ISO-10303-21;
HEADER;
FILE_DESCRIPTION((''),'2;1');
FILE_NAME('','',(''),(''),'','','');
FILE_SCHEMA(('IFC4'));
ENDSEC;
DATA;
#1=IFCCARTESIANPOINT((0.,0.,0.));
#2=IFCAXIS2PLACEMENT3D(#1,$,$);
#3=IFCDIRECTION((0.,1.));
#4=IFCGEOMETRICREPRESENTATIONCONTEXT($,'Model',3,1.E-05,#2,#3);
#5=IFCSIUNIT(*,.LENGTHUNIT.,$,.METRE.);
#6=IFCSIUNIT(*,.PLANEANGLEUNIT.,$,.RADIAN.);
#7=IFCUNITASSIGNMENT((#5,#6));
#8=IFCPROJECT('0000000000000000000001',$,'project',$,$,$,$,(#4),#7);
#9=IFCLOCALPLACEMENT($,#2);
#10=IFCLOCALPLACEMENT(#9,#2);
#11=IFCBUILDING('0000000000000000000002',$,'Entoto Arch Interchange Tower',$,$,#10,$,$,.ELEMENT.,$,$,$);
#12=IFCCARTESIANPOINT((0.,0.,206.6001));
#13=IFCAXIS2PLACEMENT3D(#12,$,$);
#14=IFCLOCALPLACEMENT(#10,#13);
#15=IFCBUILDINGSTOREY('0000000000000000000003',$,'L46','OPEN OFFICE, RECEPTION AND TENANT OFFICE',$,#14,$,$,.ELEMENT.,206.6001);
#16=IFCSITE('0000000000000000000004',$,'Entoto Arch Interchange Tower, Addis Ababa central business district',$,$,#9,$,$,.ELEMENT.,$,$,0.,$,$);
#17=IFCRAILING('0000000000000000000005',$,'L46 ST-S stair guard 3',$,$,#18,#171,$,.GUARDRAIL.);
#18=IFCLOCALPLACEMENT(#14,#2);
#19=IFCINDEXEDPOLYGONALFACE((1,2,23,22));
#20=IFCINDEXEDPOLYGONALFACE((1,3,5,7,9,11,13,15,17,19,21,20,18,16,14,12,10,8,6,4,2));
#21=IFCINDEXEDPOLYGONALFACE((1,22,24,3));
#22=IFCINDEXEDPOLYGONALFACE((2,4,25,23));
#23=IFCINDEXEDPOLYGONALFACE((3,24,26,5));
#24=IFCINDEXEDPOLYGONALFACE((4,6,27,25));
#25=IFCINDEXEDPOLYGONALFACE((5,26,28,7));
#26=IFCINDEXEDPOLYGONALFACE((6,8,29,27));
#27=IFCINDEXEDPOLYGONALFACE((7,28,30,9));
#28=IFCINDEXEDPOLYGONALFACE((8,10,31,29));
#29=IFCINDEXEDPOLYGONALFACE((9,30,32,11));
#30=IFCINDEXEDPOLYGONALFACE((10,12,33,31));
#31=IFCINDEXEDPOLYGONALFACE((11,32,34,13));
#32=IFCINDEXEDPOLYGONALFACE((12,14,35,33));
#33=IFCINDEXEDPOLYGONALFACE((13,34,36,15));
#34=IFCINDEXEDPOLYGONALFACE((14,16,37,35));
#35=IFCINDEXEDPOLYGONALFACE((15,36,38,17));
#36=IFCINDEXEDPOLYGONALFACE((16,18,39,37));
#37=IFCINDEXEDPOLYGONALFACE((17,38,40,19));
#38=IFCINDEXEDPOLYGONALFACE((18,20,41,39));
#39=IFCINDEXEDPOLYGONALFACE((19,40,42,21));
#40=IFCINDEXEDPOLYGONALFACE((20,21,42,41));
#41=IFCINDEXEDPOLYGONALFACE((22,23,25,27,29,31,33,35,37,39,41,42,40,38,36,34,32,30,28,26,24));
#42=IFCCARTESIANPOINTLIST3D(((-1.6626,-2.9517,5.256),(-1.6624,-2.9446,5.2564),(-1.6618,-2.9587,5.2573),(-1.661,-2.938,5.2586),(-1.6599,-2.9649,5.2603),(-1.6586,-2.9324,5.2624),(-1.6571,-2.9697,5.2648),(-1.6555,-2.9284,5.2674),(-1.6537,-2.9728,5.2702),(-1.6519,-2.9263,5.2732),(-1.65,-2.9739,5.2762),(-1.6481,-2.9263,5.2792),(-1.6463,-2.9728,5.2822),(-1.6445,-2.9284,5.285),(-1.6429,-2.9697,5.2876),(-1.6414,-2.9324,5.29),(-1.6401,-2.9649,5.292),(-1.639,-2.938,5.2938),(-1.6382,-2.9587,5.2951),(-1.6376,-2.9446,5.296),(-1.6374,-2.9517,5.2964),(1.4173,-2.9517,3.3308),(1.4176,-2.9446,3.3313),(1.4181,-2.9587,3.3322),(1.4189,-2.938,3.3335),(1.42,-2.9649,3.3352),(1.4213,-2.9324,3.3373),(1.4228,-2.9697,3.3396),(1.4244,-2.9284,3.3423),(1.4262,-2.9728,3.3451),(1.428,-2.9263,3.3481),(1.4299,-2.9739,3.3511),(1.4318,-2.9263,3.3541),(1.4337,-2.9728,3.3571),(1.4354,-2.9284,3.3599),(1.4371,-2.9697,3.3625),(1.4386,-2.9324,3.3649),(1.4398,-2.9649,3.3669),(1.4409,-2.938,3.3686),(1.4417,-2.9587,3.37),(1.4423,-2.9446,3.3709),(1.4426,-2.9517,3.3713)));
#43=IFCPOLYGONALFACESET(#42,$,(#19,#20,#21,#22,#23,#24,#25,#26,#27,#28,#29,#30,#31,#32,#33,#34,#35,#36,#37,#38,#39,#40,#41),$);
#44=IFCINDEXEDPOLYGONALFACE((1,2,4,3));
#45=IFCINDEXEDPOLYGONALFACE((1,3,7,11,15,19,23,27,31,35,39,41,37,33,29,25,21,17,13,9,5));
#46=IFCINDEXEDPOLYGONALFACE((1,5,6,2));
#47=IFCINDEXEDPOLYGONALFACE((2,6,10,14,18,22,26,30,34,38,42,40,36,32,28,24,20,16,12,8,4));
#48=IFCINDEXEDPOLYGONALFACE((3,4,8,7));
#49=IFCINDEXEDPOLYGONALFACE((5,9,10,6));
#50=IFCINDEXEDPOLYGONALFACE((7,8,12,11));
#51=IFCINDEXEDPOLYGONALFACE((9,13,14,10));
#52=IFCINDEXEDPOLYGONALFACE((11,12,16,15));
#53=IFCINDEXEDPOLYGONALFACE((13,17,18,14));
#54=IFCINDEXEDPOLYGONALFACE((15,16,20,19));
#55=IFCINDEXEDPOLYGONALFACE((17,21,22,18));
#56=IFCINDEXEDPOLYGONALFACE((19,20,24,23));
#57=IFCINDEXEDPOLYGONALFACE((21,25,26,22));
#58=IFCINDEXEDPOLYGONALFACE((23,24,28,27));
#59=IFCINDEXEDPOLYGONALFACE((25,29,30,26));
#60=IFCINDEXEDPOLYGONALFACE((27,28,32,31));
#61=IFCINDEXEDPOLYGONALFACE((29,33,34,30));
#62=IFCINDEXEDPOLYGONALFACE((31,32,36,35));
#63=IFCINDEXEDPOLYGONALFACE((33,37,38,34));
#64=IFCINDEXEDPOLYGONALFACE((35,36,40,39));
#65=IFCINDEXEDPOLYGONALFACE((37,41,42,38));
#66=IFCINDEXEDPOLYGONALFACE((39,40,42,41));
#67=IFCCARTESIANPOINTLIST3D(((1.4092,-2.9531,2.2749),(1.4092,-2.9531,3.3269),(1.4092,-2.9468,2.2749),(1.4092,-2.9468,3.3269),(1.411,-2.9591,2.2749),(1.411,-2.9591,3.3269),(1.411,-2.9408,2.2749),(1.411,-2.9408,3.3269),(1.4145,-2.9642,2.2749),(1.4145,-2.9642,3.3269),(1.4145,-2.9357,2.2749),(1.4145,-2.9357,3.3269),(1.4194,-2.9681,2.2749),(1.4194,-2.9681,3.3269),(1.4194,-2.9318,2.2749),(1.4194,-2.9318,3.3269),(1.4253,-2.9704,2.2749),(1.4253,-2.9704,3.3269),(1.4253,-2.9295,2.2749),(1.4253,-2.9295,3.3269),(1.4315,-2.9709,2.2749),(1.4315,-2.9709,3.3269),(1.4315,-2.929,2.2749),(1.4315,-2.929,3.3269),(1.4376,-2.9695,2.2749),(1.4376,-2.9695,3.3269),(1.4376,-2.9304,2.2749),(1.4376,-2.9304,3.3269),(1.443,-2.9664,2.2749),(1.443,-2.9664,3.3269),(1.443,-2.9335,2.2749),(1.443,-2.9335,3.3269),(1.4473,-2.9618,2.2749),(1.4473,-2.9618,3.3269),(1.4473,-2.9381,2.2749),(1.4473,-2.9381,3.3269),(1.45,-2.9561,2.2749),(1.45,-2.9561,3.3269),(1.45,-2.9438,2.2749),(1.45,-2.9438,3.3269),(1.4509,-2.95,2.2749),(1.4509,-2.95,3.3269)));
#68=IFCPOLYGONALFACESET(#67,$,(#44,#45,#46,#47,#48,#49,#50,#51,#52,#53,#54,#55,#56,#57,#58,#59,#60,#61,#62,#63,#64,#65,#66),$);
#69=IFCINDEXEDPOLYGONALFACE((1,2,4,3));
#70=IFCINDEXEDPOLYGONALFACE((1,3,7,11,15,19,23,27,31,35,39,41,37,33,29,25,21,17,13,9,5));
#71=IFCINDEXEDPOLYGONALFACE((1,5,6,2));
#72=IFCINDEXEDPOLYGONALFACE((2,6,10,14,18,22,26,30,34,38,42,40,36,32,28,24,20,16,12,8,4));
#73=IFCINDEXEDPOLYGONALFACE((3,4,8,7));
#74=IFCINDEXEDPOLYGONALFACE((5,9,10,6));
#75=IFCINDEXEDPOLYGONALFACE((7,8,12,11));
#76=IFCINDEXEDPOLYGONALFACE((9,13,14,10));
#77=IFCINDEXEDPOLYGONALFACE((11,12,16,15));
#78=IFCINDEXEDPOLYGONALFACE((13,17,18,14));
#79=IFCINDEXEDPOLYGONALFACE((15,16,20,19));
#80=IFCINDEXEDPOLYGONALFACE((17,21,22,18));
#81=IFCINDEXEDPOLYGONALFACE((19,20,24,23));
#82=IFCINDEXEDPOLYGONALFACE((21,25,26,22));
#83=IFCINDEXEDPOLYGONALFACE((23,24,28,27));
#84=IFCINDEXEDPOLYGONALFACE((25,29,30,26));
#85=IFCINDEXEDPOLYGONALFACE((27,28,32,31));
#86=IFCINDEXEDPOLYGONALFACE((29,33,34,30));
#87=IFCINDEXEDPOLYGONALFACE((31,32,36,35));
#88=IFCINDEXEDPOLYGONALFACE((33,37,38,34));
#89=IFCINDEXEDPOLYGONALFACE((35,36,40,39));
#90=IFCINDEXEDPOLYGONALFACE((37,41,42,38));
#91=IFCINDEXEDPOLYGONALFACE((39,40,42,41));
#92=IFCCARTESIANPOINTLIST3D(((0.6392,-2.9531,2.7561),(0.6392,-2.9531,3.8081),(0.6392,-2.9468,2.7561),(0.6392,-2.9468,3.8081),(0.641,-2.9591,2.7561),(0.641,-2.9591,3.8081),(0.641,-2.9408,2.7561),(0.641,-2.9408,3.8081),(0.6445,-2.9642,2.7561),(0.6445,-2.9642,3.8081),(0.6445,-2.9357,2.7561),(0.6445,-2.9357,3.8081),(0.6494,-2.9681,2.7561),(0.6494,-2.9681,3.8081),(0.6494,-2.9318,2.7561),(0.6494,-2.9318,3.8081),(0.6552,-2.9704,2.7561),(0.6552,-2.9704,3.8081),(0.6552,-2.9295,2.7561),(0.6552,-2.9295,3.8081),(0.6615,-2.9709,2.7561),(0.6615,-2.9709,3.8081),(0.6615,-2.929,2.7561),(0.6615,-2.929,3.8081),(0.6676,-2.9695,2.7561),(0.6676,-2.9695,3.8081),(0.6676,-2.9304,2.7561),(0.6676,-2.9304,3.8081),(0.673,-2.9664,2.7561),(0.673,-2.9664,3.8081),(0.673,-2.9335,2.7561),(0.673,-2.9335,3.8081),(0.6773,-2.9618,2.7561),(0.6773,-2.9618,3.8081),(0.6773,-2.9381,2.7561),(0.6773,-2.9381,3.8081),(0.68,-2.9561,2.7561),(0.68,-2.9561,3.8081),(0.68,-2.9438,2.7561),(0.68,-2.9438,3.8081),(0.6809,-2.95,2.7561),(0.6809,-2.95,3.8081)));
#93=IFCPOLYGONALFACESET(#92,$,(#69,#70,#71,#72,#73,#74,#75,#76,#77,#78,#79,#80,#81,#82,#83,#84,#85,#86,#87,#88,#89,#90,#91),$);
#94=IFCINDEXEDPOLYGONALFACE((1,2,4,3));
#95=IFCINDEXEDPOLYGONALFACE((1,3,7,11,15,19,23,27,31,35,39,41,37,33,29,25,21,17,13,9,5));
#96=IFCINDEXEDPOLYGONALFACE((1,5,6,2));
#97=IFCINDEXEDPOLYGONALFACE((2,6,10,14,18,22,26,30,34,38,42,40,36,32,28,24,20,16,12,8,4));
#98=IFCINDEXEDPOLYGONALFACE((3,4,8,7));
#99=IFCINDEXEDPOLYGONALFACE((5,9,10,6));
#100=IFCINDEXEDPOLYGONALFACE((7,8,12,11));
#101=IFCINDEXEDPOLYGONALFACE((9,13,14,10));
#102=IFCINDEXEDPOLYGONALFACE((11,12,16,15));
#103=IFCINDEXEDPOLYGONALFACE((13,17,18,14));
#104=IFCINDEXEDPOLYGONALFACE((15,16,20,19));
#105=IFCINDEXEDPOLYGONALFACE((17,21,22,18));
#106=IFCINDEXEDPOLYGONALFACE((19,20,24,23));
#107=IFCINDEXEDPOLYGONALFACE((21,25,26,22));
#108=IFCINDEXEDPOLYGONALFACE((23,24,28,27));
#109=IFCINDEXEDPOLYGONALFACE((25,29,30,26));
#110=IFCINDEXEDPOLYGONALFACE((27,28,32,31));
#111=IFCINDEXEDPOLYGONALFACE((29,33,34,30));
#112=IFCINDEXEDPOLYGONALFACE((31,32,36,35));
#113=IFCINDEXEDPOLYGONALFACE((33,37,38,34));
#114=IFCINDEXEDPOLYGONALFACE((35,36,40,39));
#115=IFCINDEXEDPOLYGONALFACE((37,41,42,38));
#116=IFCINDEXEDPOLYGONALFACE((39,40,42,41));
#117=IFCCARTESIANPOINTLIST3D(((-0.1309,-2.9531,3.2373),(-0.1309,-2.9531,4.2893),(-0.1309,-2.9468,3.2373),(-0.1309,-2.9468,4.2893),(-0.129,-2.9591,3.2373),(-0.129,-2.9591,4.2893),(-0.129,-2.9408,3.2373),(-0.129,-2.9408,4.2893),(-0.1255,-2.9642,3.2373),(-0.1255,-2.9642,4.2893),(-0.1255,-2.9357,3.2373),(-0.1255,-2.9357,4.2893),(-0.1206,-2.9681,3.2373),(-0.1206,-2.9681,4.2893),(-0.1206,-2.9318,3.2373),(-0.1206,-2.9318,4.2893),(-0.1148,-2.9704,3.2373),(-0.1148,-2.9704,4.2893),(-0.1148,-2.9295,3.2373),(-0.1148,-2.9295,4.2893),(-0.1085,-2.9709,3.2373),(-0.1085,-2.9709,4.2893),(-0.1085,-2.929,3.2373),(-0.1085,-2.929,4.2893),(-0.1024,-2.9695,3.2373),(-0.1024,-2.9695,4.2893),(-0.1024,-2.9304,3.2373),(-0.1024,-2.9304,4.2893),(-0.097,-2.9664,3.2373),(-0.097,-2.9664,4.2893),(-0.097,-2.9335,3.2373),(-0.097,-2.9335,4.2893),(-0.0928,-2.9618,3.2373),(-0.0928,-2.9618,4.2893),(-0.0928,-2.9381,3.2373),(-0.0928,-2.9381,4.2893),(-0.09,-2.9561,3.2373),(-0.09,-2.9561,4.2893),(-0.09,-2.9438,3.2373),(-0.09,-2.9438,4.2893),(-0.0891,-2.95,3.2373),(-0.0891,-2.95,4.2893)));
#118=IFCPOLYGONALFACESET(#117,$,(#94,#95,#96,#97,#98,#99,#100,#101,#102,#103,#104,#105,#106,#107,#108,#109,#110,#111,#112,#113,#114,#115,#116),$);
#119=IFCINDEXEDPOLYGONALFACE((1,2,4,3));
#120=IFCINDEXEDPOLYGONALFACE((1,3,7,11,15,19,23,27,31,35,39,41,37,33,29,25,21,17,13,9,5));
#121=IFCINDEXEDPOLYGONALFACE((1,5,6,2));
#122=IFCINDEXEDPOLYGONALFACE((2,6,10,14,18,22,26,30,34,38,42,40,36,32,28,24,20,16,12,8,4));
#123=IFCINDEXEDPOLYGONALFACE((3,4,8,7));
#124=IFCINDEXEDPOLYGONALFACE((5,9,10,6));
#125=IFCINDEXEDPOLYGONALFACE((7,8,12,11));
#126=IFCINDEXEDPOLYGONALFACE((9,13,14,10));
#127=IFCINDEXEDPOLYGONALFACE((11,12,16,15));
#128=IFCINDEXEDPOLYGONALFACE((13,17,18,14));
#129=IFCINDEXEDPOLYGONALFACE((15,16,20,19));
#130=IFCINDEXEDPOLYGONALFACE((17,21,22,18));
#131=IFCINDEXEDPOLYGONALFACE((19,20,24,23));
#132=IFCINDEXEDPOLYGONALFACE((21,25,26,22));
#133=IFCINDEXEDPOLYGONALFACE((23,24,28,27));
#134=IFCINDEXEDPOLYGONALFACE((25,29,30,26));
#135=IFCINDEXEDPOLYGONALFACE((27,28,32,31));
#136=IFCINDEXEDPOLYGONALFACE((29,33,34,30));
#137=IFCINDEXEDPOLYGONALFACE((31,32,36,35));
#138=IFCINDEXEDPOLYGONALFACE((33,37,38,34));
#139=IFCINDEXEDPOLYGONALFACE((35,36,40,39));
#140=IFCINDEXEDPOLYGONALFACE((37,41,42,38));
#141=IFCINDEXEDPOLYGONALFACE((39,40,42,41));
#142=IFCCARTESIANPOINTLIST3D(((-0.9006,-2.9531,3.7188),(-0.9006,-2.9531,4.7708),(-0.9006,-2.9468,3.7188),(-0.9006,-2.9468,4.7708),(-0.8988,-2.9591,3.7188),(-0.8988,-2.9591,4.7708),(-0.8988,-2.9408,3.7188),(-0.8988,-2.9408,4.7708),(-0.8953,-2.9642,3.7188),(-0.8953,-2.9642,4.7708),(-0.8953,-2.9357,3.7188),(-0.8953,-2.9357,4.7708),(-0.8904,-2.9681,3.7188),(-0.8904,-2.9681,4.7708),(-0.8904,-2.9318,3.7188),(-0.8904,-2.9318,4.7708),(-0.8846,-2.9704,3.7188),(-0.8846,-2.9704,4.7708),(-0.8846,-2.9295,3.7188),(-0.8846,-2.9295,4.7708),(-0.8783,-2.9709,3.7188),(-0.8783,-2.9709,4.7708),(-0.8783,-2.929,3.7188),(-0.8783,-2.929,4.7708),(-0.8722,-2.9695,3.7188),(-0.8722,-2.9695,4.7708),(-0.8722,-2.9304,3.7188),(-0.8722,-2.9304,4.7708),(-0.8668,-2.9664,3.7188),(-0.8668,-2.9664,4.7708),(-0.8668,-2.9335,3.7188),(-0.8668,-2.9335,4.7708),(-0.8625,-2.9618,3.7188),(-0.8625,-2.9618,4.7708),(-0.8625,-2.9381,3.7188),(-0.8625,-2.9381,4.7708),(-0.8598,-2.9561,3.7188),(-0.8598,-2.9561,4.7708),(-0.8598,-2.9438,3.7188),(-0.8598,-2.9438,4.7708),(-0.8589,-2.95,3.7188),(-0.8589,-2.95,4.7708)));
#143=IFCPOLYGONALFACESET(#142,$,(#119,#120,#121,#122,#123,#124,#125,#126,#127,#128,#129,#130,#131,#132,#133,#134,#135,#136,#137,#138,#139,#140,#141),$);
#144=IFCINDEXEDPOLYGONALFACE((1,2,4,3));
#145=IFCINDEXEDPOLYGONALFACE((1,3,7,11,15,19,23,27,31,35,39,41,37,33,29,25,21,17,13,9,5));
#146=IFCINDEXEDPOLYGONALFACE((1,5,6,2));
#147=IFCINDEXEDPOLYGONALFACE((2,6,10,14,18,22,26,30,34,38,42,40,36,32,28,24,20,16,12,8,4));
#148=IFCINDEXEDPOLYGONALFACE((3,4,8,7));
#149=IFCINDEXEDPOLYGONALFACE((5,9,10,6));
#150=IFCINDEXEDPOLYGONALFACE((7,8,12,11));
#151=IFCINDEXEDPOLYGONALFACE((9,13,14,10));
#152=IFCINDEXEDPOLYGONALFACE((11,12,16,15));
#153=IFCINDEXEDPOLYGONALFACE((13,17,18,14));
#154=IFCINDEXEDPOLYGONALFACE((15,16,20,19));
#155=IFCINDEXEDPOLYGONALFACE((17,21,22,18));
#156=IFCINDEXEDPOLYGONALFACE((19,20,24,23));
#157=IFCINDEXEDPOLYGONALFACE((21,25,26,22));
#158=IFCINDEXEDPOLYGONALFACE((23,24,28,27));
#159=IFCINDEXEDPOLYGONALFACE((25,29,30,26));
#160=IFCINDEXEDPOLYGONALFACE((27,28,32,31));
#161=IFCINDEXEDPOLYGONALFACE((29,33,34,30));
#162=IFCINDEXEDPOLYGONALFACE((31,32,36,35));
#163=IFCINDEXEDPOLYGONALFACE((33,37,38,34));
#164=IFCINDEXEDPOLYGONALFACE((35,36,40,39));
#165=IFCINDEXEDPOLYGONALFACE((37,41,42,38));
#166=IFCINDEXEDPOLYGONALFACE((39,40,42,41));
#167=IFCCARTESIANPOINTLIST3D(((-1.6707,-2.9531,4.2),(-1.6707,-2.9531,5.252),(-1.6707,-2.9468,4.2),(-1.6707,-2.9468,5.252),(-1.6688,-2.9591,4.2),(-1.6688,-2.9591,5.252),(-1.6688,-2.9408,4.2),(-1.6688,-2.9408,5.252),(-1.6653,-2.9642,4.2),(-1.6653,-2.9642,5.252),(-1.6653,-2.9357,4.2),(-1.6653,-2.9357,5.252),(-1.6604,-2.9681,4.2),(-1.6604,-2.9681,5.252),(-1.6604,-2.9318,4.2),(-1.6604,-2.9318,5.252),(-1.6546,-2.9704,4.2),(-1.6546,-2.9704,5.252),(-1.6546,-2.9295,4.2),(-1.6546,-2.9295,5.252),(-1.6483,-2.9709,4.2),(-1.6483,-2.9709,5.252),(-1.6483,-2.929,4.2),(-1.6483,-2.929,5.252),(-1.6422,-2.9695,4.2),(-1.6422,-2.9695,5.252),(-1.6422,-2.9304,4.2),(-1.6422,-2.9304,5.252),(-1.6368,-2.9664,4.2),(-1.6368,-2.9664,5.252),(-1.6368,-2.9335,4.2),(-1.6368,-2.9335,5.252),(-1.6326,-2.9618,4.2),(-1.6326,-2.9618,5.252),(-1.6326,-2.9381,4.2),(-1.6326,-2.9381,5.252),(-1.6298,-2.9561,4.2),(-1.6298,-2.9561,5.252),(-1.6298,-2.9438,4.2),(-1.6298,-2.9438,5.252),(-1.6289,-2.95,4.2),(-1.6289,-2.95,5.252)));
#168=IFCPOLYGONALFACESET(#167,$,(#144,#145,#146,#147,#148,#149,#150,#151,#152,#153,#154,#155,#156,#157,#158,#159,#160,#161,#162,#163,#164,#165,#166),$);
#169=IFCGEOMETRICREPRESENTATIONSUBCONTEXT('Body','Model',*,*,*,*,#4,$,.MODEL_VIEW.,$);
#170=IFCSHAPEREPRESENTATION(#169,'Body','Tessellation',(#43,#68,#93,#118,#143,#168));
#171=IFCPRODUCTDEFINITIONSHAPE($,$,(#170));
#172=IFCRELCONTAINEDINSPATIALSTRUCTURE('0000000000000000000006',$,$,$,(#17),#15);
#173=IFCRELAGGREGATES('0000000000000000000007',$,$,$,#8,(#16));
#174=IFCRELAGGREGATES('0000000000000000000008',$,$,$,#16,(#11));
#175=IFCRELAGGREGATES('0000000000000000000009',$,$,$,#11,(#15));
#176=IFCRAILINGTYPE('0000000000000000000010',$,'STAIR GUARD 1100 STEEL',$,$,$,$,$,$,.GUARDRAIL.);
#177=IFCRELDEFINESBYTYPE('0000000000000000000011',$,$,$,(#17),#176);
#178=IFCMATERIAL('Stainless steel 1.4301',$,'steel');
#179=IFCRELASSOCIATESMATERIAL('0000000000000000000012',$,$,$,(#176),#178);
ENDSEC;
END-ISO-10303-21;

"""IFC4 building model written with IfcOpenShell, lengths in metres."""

from ifc_helpers import new_model, si_unit, direction, frame, origin, origin_2d, place, context, subcontext, project, spatial, circle, extrude, material, type_object, element, save


model = new_model("IFC4")

# Units and contexts
model_context = context("Model", 3, precision=1e-05, world=origin(), true_north=direction((0.0, 1.0)))
body_context = subcontext(model_context, "Body", "Model", "MODEL_VIEW")
ifc_project = project(units=[si_unit("LENGTHUNIT", "METRE"), si_unit("PLANEANGLEUNIT", "RADIAN")], contexts=[model_context])

# Site, building, storey
site_placement = place(None, origin())
site = spatial("IfcSite", under=ifc_project, at=site_placement, Name="Entoto Arch Interchange Tower, Addis Ababa central business district", CompositionType="ELEMENT", RefElevation=0.0)
building_placement = place(site_placement, origin())
building = spatial("IfcBuilding", under=site, at=building_placement, Name="Entoto Arch Interchange Tower", CompositionType="ELEMENT")
storey_placement = place(building_placement, frame((0.0, 0.0, 206.6001)))
storey = spatial("IfcBuildingStorey", under=building, at=storey_placement, Name="L46", Description="OPEN OFFICE, RECEPTION AND TENANT OFFICE", CompositionType="ELEMENT", Elevation=206.6001)

# Railing
ifc_material_1 = material(Name="Stainless steel 1.4301", Category="steel")
railing_type_1 = type_object("IfcRailingType", Name="STAIR GUARD 1100 STEEL", PredefinedType="GUARDRAIL", material=ifc_material_1)
railing_1_placement = place(storey_placement, frame((1.4299, -2.95, 2.2749)))
element("IfcRailing", 1, at=railing_1_placement, inside=storey, type_object=railing_type_1, Name="L46 ST-S stair guard 3", PredefinedType="GUARDRAIL", context=body_context, shape_type="SweptSolid", body=[
    extrude(circle(Radius=0.0239, at=origin_2d()), frame((0.0, 0.0, 1.0762), z_axis=(-0.847979, 0.0, 0.530029), x_axis=(0.0, -1.0, 0.0)), (0.0, 0.0, 1.0), 3.6321),
    extrude(circle(Radius=0.021, at=origin_2d()), origin(), (0.0, 0.0, 1.0), 1.052),
    extrude(circle(Radius=0.021, at=origin_2d()), frame((-0.77, 0.0, 0.4812)), (0.0, 0.0, 1.0), 1.052),
    extrude(circle(Radius=0.021, at=origin_2d()), frame((-1.54, 0.0, 0.9624)), (0.0, 0.0, 1.0), 1.052),
    extrude(circle(Radius=0.021, at=origin_2d()), frame((-2.3098, 0.0, 1.4438)), (0.0, 0.0, 1.0), 1.052),
    extrude(circle(Radius=0.021, at=origin_2d()), frame((-3.0798, 0.0, 1.925)), (0.0, 0.0, 1.0), 1.052),
])

save(model, "model.ifc")
